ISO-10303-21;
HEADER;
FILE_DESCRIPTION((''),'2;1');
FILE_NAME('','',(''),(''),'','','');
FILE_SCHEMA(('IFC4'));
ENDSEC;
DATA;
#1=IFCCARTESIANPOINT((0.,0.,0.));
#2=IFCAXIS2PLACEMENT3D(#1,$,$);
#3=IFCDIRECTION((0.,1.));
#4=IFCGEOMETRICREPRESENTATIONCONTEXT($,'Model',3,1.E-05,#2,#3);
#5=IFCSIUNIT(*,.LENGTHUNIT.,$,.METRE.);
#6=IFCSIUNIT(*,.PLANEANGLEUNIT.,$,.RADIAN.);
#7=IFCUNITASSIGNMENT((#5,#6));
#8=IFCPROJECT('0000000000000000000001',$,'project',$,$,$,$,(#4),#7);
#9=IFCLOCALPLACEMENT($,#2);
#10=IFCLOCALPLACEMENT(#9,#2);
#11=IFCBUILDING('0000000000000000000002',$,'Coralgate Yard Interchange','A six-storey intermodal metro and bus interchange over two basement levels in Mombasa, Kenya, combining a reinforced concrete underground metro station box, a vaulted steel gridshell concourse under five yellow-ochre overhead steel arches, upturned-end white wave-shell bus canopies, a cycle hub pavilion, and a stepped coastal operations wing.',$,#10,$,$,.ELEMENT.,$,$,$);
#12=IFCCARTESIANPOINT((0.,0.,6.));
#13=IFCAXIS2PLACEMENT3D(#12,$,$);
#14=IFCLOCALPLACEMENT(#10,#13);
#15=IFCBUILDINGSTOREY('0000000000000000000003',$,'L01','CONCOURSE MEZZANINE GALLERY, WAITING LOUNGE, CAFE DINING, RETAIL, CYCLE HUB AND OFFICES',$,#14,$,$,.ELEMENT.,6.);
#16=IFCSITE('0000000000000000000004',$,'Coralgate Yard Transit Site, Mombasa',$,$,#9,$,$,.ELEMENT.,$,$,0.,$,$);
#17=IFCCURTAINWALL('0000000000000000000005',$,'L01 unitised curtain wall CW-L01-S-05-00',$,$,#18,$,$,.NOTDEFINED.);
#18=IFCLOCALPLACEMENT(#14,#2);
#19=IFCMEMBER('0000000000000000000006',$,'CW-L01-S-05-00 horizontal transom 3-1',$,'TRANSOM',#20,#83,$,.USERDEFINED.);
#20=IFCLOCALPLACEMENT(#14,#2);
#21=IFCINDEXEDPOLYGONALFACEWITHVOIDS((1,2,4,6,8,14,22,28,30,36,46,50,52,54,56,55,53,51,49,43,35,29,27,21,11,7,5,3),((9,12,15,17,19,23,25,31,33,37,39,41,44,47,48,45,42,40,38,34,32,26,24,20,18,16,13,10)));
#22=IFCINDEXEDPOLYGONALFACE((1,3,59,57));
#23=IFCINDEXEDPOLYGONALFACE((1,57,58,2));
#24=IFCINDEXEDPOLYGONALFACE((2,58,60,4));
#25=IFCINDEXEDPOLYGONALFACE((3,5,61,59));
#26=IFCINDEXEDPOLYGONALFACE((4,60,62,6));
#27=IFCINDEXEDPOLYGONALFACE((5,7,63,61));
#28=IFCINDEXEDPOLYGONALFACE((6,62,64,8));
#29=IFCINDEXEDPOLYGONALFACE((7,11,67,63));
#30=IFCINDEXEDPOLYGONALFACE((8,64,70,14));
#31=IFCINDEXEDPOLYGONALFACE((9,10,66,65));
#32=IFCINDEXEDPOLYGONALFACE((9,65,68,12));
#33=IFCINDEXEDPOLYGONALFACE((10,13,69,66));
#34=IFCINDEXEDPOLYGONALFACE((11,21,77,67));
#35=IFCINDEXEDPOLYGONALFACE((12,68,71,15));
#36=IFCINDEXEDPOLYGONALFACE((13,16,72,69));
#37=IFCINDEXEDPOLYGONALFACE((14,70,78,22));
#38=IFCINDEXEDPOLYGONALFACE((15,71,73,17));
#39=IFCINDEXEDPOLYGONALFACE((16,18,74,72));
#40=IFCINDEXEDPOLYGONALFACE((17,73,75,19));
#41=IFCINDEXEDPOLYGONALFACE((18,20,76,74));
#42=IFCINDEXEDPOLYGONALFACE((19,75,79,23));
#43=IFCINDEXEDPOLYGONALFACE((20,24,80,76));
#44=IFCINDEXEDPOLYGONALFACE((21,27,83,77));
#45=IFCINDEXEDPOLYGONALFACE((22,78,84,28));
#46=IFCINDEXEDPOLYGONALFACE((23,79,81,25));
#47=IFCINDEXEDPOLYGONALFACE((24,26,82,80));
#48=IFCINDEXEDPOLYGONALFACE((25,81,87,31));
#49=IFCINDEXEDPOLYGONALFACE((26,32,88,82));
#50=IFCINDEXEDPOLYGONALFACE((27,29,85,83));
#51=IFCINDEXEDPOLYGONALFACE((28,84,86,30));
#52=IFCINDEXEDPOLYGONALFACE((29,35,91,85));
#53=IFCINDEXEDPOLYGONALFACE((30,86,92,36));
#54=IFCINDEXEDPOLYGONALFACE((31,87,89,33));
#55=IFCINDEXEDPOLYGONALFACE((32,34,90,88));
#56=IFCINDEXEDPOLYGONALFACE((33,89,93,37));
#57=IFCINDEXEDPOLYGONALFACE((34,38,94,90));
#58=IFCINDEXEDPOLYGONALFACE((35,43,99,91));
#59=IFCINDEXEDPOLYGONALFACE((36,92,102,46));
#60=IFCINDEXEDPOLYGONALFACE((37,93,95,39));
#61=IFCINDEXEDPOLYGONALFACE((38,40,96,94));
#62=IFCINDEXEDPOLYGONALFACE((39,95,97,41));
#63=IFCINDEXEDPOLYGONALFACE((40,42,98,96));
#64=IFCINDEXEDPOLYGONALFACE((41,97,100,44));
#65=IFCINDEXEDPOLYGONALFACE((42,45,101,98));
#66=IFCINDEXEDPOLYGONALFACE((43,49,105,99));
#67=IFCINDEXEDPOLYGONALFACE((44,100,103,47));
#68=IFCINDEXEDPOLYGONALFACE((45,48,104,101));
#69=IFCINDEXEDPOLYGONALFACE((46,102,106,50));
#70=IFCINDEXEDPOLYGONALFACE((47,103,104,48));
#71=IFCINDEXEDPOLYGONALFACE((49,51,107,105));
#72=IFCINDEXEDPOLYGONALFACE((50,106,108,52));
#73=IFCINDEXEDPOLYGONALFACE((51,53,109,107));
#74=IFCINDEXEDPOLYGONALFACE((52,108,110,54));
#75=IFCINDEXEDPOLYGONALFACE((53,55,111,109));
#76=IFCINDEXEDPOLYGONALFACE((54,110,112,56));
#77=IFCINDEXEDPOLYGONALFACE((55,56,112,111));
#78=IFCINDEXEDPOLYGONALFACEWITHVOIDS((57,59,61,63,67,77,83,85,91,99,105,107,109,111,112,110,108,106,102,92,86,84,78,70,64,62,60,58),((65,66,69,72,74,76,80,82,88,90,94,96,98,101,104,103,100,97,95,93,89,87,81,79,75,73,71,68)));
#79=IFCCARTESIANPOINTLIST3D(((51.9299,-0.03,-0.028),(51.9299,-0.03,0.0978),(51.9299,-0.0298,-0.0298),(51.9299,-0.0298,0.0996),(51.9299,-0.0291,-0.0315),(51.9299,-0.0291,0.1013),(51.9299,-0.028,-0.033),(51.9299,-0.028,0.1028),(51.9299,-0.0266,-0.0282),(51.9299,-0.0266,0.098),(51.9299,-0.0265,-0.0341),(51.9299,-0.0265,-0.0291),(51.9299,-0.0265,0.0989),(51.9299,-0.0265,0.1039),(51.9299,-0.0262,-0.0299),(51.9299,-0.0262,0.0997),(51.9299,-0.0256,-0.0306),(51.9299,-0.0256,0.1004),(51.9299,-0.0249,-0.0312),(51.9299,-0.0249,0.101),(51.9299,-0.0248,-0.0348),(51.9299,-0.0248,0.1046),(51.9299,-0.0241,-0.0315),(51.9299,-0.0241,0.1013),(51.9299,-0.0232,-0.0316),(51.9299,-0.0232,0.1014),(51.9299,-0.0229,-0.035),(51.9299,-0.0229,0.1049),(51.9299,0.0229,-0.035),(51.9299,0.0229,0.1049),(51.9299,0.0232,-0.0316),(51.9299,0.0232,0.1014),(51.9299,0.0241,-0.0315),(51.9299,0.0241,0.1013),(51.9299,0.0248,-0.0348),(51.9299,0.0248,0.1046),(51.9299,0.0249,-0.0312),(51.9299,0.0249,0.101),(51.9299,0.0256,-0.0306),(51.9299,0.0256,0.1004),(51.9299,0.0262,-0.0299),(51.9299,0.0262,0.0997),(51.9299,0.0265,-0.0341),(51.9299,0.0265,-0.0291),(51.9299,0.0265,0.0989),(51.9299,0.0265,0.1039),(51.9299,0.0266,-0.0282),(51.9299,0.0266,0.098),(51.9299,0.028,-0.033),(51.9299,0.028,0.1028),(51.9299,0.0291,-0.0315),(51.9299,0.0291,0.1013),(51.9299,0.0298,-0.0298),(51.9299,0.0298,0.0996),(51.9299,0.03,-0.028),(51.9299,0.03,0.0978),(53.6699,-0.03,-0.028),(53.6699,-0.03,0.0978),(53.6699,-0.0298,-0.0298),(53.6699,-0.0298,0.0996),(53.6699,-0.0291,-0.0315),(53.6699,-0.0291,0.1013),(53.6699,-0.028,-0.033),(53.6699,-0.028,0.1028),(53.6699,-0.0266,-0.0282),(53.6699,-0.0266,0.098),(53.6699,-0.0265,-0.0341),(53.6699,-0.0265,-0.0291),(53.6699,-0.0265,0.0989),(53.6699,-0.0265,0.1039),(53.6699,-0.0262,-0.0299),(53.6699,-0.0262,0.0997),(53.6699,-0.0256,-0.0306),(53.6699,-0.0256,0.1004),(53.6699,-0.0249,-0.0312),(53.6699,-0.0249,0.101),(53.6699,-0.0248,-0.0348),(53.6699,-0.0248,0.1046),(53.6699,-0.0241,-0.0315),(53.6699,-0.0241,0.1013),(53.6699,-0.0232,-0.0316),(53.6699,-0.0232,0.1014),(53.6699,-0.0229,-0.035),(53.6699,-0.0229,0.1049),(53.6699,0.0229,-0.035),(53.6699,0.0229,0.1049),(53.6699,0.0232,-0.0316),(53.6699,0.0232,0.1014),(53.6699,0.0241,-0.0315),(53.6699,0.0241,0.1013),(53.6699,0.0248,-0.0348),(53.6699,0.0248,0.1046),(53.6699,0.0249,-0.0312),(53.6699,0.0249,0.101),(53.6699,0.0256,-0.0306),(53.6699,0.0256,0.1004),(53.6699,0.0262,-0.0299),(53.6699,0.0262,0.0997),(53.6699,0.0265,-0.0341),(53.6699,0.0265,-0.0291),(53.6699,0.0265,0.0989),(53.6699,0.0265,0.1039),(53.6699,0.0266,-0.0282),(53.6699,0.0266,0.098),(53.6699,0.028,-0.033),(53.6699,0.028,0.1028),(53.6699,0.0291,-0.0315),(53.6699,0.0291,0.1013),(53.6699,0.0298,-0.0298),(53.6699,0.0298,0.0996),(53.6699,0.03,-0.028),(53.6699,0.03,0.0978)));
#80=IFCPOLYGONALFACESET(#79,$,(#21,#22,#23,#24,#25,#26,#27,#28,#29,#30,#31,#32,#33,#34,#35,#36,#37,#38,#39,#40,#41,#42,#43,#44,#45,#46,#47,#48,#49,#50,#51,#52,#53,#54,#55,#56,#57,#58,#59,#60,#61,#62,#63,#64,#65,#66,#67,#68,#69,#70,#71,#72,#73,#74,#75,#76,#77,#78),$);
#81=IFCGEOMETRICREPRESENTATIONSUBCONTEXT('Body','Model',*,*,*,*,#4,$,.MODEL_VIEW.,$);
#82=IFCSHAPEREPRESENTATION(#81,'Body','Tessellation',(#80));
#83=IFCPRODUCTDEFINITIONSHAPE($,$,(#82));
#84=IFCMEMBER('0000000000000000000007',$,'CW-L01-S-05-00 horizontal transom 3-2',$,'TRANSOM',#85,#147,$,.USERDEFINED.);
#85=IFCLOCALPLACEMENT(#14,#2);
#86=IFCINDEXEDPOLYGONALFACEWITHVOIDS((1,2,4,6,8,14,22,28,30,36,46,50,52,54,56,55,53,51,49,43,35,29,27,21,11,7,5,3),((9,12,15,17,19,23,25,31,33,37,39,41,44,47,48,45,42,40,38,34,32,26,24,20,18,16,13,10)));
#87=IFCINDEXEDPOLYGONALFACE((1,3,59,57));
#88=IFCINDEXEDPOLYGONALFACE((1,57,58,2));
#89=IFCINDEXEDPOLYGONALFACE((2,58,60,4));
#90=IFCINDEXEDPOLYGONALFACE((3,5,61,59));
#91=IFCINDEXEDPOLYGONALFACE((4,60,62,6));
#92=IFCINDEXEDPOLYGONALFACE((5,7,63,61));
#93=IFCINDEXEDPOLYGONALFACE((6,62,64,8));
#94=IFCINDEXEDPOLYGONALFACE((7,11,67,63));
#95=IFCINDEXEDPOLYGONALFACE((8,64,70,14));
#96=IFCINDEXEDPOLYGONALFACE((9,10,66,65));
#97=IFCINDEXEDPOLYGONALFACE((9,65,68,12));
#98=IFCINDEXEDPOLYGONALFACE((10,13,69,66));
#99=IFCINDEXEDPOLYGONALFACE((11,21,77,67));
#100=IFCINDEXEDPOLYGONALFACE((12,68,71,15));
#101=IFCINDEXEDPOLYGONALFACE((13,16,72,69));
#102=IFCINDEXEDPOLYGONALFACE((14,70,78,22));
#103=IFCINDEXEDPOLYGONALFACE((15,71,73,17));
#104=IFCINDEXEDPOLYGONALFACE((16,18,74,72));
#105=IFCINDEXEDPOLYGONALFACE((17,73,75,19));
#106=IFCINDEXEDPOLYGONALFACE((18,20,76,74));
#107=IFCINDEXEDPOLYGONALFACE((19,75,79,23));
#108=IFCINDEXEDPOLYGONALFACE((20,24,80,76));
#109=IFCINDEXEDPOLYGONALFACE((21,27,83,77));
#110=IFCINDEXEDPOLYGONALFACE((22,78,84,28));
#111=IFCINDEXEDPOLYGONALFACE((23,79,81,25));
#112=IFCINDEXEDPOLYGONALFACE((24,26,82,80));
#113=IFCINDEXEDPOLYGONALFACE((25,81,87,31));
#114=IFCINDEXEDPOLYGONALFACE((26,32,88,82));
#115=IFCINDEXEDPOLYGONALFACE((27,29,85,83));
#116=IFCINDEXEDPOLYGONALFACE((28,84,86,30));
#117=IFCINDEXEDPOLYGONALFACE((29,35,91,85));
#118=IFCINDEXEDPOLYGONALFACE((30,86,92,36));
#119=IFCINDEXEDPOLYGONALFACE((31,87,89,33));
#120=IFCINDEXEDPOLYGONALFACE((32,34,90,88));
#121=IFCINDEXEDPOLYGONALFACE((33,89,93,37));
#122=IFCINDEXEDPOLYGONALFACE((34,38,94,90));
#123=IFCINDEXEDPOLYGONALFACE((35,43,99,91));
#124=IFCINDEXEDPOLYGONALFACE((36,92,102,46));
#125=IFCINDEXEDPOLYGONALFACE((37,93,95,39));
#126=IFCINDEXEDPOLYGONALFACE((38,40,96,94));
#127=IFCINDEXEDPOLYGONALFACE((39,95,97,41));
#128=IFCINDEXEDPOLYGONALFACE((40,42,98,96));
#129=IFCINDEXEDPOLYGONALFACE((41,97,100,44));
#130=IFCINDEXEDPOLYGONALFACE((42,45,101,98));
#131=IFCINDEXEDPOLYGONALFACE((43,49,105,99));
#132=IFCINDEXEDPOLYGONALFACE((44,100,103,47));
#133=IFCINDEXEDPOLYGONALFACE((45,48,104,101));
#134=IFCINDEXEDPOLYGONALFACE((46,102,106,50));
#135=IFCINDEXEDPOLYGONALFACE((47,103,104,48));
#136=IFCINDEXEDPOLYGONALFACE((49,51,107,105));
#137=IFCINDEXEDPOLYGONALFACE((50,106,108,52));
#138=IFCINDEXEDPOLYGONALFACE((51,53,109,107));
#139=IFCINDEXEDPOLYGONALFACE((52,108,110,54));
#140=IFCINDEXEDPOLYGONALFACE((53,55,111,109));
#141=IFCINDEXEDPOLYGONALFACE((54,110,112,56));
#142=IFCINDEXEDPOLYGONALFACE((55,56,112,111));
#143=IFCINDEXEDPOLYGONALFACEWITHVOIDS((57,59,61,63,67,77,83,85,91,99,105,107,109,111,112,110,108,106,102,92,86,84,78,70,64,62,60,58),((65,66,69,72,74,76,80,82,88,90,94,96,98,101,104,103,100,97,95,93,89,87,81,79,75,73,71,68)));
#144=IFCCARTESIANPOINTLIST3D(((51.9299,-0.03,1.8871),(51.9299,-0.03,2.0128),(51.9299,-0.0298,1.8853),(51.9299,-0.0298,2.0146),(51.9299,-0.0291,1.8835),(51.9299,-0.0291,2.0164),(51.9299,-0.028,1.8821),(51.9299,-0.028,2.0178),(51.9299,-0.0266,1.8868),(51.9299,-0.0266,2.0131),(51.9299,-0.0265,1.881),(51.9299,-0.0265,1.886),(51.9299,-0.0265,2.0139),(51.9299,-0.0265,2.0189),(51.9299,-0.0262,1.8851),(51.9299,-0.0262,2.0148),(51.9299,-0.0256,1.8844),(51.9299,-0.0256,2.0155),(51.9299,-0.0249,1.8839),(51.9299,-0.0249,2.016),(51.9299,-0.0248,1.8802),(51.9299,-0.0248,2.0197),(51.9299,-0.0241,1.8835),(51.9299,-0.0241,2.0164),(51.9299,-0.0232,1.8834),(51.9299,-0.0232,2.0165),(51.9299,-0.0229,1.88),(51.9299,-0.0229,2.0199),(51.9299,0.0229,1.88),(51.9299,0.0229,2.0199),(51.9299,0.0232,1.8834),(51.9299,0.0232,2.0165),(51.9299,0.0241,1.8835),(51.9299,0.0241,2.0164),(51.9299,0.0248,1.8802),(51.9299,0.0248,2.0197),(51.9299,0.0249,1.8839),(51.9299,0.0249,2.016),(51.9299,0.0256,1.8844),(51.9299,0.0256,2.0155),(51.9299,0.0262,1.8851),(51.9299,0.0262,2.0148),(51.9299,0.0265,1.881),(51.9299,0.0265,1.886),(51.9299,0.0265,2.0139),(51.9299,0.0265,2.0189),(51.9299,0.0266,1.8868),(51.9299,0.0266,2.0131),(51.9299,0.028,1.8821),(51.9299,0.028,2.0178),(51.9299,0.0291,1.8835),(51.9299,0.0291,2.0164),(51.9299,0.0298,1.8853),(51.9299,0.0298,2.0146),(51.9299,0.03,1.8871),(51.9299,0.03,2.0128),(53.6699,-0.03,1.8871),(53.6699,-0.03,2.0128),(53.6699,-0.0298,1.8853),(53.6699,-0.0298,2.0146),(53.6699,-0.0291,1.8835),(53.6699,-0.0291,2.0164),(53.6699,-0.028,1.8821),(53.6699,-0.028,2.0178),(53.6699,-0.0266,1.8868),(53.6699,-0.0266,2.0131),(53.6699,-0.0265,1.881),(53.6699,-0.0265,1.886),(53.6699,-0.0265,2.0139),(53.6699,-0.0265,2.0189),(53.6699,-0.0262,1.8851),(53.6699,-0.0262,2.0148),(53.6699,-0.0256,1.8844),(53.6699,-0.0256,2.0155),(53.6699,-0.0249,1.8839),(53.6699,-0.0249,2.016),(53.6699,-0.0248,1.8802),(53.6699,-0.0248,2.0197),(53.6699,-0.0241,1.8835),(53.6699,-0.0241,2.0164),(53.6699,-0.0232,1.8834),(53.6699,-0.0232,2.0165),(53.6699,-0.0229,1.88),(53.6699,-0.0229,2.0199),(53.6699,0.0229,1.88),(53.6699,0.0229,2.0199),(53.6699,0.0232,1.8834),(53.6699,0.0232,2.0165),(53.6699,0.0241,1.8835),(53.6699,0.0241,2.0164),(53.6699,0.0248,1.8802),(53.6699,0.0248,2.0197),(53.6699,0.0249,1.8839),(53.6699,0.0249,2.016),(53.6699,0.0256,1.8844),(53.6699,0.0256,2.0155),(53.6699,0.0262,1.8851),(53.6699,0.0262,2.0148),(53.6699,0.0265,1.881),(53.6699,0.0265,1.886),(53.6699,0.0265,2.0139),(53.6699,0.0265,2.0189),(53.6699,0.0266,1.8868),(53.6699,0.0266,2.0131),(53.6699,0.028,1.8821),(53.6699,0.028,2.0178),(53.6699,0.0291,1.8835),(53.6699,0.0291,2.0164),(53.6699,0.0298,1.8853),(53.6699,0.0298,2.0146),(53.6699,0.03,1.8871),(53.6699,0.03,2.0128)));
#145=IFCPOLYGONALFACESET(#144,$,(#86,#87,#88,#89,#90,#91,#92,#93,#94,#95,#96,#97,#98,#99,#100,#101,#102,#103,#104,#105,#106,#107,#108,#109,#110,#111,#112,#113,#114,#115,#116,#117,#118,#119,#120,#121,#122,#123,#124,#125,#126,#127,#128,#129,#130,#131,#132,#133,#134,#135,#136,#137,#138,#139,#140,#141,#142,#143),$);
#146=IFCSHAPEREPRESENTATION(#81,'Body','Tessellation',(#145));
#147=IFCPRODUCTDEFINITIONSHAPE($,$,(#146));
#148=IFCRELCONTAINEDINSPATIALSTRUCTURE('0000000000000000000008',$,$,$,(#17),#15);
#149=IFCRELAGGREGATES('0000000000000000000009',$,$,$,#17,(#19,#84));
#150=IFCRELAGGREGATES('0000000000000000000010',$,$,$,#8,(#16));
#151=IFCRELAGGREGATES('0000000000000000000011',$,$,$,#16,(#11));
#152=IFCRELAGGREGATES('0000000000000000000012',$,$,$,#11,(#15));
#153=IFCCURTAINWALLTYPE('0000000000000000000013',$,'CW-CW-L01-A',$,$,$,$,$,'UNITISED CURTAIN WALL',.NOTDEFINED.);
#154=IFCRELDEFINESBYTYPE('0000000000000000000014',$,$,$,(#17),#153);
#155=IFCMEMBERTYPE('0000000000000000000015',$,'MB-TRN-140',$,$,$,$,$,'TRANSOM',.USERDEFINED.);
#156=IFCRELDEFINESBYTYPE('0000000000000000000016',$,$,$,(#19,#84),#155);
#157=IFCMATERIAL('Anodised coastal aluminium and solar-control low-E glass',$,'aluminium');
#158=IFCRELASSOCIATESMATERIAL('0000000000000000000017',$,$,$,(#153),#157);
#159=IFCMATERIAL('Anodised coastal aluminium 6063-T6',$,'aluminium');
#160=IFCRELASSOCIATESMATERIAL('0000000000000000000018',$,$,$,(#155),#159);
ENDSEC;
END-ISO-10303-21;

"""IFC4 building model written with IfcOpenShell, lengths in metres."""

from ifc_helpers import new_model, si_unit, direction, frame, origin, origin_2d, place, context, subcontext, project, spatial, hollow_rectangle, extrude, material, material_profile, profile_set, type_object, element, aggregate, save


model = new_model("IFC4")

# Units and contexts
model_context = context("Model", 3, precision=1e-05, world=origin(), true_north=direction((0.0, 1.0)))
body_context = subcontext(model_context, "Body", "Model", "MODEL_VIEW")
ifc_project = project(units=[si_unit("LENGTHUNIT", "METRE"), si_unit("PLANEANGLEUNIT", "RADIAN")], contexts=[model_context])

# Site, building, storey
site_placement = place(None, origin())
site = spatial("IfcSite", under=ifc_project, at=site_placement, Name="Coralgate Yard Transit Site, Mombasa", CompositionType="ELEMENT", RefElevation=0.0)
building_placement = place(site_placement, origin())
building = spatial("IfcBuilding", under=site, at=building_placement, Name="Coralgate Yard Interchange", Description="A six-storey intermodal metro and bus interchange over two basement levels in Mombasa, Kenya, combining a reinforced concrete underground metro station box, a vaulted steel gridshell concourse under five yellow-ochre overhead steel arches, upturned-end white wave-shell bus canopies, a cycle hub pavilion, and a stepped coastal operations wing.", CompositionType="ELEMENT")
storey_placement = place(building_placement, frame((0.0, 0.0, 6.0)))
storey = spatial("IfcBuildingStorey", under=building, at=storey_placement, Name="L01", Description="CONCOURSE MEZZANINE GALLERY, WAITING LOUNGE, CAFE DINING, RETAIL, CYCLE HUB AND OFFICES", CompositionType="ELEMENT", Elevation=6.0)

# Curtain wall, members
ifc_material_1 = material(Name="Anodised coastal aluminium and solar-control low-E glass", Category="aluminium")
curtain_wall_type = type_object("IfcCurtainWallType", Name="CW-CW-L01-A", ElementType="UNITISED CURTAIN WALL", PredefinedType="NOTDEFINED", material=ifc_material_1)
curtain_wall_placement = place(storey_placement, origin())
curtain_wall = element("IfcCurtainWall", 1, at=curtain_wall_placement, inside=storey, type_object=curtain_wall_type, Name="L01 unitised curtain wall CW-L01-S-05-00", PredefinedType="NOTDEFINED")
ifc_material_2 = material(Name="Anodised coastal aluminium 6063-T6", Category="aluminium")
ifc_material_profile_1 = material_profile(ifc_material_2, hollow_rectangle(XDim=0.0601, YDim=0.1399, WallThickness=0.0034, InnerFilletRadius=0.0034, OuterFilletRadius=0.0071, at=origin_2d()), Name="ALU 60x140x3.5")
ifc_profile_set_1 = profile_set([ifc_material_profile_1], Name="Anodised coastal aluminium 6063-T6")
member_type_1 = type_object("IfcMemberType", Name="MB-TRN-140", ElementType="TRANSOM", PredefinedType="USERDEFINED", material=ifc_profile_set_1)
member_1_placement = place(storey_placement, frame((53.6699, 0.0, 0.0349), z_axis=(-1.0, 0.0, 0.0), x_axis=(0.0, -1.0, 0.0)))
member_1 = element("IfcMember", 2, at=member_1_placement, type_object=member_type_1, Name="CW-L01-S-05-00 horizontal transom 3-1", ObjectType="TRANSOM", PredefinedType="USERDEFINED", context=body_context, shape_type="SweptSolid", body=[
    extrude(hollow_rectangle(XDim=0.0601, YDim=0.1399, WallThickness=0.0034, InnerFilletRadius=0.0034, OuterFilletRadius=0.0071, at=origin_2d()), origin(), (0.0, 0.0, 1.0), 1.74),
])
member_2_placement = place(storey_placement, frame((53.6699, 0.0, 1.95), z_axis=(-1.0, 0.0, 0.0), x_axis=(0.0, -1.0, 0.0)))
member_2 = element("IfcMember", 3, at=member_2_placement, type_object=member_type_1, Name="CW-L01-S-05-00 horizontal transom 3-2", ObjectType="TRANSOM", PredefinedType="USERDEFINED", context=body_context, shape_type="SweptSolid", body=[
    extrude(hollow_rectangle(XDim=0.0601, YDim=0.1399, WallThickness=0.0034, InnerFilletRadius=0.0034, OuterFilletRadius=0.0071, at=origin_2d()), origin(), (0.0, 0.0, 1.0), 1.74),
])
aggregate(curtain_wall, [member_1, member_2])

save(model, "model.ifc")
